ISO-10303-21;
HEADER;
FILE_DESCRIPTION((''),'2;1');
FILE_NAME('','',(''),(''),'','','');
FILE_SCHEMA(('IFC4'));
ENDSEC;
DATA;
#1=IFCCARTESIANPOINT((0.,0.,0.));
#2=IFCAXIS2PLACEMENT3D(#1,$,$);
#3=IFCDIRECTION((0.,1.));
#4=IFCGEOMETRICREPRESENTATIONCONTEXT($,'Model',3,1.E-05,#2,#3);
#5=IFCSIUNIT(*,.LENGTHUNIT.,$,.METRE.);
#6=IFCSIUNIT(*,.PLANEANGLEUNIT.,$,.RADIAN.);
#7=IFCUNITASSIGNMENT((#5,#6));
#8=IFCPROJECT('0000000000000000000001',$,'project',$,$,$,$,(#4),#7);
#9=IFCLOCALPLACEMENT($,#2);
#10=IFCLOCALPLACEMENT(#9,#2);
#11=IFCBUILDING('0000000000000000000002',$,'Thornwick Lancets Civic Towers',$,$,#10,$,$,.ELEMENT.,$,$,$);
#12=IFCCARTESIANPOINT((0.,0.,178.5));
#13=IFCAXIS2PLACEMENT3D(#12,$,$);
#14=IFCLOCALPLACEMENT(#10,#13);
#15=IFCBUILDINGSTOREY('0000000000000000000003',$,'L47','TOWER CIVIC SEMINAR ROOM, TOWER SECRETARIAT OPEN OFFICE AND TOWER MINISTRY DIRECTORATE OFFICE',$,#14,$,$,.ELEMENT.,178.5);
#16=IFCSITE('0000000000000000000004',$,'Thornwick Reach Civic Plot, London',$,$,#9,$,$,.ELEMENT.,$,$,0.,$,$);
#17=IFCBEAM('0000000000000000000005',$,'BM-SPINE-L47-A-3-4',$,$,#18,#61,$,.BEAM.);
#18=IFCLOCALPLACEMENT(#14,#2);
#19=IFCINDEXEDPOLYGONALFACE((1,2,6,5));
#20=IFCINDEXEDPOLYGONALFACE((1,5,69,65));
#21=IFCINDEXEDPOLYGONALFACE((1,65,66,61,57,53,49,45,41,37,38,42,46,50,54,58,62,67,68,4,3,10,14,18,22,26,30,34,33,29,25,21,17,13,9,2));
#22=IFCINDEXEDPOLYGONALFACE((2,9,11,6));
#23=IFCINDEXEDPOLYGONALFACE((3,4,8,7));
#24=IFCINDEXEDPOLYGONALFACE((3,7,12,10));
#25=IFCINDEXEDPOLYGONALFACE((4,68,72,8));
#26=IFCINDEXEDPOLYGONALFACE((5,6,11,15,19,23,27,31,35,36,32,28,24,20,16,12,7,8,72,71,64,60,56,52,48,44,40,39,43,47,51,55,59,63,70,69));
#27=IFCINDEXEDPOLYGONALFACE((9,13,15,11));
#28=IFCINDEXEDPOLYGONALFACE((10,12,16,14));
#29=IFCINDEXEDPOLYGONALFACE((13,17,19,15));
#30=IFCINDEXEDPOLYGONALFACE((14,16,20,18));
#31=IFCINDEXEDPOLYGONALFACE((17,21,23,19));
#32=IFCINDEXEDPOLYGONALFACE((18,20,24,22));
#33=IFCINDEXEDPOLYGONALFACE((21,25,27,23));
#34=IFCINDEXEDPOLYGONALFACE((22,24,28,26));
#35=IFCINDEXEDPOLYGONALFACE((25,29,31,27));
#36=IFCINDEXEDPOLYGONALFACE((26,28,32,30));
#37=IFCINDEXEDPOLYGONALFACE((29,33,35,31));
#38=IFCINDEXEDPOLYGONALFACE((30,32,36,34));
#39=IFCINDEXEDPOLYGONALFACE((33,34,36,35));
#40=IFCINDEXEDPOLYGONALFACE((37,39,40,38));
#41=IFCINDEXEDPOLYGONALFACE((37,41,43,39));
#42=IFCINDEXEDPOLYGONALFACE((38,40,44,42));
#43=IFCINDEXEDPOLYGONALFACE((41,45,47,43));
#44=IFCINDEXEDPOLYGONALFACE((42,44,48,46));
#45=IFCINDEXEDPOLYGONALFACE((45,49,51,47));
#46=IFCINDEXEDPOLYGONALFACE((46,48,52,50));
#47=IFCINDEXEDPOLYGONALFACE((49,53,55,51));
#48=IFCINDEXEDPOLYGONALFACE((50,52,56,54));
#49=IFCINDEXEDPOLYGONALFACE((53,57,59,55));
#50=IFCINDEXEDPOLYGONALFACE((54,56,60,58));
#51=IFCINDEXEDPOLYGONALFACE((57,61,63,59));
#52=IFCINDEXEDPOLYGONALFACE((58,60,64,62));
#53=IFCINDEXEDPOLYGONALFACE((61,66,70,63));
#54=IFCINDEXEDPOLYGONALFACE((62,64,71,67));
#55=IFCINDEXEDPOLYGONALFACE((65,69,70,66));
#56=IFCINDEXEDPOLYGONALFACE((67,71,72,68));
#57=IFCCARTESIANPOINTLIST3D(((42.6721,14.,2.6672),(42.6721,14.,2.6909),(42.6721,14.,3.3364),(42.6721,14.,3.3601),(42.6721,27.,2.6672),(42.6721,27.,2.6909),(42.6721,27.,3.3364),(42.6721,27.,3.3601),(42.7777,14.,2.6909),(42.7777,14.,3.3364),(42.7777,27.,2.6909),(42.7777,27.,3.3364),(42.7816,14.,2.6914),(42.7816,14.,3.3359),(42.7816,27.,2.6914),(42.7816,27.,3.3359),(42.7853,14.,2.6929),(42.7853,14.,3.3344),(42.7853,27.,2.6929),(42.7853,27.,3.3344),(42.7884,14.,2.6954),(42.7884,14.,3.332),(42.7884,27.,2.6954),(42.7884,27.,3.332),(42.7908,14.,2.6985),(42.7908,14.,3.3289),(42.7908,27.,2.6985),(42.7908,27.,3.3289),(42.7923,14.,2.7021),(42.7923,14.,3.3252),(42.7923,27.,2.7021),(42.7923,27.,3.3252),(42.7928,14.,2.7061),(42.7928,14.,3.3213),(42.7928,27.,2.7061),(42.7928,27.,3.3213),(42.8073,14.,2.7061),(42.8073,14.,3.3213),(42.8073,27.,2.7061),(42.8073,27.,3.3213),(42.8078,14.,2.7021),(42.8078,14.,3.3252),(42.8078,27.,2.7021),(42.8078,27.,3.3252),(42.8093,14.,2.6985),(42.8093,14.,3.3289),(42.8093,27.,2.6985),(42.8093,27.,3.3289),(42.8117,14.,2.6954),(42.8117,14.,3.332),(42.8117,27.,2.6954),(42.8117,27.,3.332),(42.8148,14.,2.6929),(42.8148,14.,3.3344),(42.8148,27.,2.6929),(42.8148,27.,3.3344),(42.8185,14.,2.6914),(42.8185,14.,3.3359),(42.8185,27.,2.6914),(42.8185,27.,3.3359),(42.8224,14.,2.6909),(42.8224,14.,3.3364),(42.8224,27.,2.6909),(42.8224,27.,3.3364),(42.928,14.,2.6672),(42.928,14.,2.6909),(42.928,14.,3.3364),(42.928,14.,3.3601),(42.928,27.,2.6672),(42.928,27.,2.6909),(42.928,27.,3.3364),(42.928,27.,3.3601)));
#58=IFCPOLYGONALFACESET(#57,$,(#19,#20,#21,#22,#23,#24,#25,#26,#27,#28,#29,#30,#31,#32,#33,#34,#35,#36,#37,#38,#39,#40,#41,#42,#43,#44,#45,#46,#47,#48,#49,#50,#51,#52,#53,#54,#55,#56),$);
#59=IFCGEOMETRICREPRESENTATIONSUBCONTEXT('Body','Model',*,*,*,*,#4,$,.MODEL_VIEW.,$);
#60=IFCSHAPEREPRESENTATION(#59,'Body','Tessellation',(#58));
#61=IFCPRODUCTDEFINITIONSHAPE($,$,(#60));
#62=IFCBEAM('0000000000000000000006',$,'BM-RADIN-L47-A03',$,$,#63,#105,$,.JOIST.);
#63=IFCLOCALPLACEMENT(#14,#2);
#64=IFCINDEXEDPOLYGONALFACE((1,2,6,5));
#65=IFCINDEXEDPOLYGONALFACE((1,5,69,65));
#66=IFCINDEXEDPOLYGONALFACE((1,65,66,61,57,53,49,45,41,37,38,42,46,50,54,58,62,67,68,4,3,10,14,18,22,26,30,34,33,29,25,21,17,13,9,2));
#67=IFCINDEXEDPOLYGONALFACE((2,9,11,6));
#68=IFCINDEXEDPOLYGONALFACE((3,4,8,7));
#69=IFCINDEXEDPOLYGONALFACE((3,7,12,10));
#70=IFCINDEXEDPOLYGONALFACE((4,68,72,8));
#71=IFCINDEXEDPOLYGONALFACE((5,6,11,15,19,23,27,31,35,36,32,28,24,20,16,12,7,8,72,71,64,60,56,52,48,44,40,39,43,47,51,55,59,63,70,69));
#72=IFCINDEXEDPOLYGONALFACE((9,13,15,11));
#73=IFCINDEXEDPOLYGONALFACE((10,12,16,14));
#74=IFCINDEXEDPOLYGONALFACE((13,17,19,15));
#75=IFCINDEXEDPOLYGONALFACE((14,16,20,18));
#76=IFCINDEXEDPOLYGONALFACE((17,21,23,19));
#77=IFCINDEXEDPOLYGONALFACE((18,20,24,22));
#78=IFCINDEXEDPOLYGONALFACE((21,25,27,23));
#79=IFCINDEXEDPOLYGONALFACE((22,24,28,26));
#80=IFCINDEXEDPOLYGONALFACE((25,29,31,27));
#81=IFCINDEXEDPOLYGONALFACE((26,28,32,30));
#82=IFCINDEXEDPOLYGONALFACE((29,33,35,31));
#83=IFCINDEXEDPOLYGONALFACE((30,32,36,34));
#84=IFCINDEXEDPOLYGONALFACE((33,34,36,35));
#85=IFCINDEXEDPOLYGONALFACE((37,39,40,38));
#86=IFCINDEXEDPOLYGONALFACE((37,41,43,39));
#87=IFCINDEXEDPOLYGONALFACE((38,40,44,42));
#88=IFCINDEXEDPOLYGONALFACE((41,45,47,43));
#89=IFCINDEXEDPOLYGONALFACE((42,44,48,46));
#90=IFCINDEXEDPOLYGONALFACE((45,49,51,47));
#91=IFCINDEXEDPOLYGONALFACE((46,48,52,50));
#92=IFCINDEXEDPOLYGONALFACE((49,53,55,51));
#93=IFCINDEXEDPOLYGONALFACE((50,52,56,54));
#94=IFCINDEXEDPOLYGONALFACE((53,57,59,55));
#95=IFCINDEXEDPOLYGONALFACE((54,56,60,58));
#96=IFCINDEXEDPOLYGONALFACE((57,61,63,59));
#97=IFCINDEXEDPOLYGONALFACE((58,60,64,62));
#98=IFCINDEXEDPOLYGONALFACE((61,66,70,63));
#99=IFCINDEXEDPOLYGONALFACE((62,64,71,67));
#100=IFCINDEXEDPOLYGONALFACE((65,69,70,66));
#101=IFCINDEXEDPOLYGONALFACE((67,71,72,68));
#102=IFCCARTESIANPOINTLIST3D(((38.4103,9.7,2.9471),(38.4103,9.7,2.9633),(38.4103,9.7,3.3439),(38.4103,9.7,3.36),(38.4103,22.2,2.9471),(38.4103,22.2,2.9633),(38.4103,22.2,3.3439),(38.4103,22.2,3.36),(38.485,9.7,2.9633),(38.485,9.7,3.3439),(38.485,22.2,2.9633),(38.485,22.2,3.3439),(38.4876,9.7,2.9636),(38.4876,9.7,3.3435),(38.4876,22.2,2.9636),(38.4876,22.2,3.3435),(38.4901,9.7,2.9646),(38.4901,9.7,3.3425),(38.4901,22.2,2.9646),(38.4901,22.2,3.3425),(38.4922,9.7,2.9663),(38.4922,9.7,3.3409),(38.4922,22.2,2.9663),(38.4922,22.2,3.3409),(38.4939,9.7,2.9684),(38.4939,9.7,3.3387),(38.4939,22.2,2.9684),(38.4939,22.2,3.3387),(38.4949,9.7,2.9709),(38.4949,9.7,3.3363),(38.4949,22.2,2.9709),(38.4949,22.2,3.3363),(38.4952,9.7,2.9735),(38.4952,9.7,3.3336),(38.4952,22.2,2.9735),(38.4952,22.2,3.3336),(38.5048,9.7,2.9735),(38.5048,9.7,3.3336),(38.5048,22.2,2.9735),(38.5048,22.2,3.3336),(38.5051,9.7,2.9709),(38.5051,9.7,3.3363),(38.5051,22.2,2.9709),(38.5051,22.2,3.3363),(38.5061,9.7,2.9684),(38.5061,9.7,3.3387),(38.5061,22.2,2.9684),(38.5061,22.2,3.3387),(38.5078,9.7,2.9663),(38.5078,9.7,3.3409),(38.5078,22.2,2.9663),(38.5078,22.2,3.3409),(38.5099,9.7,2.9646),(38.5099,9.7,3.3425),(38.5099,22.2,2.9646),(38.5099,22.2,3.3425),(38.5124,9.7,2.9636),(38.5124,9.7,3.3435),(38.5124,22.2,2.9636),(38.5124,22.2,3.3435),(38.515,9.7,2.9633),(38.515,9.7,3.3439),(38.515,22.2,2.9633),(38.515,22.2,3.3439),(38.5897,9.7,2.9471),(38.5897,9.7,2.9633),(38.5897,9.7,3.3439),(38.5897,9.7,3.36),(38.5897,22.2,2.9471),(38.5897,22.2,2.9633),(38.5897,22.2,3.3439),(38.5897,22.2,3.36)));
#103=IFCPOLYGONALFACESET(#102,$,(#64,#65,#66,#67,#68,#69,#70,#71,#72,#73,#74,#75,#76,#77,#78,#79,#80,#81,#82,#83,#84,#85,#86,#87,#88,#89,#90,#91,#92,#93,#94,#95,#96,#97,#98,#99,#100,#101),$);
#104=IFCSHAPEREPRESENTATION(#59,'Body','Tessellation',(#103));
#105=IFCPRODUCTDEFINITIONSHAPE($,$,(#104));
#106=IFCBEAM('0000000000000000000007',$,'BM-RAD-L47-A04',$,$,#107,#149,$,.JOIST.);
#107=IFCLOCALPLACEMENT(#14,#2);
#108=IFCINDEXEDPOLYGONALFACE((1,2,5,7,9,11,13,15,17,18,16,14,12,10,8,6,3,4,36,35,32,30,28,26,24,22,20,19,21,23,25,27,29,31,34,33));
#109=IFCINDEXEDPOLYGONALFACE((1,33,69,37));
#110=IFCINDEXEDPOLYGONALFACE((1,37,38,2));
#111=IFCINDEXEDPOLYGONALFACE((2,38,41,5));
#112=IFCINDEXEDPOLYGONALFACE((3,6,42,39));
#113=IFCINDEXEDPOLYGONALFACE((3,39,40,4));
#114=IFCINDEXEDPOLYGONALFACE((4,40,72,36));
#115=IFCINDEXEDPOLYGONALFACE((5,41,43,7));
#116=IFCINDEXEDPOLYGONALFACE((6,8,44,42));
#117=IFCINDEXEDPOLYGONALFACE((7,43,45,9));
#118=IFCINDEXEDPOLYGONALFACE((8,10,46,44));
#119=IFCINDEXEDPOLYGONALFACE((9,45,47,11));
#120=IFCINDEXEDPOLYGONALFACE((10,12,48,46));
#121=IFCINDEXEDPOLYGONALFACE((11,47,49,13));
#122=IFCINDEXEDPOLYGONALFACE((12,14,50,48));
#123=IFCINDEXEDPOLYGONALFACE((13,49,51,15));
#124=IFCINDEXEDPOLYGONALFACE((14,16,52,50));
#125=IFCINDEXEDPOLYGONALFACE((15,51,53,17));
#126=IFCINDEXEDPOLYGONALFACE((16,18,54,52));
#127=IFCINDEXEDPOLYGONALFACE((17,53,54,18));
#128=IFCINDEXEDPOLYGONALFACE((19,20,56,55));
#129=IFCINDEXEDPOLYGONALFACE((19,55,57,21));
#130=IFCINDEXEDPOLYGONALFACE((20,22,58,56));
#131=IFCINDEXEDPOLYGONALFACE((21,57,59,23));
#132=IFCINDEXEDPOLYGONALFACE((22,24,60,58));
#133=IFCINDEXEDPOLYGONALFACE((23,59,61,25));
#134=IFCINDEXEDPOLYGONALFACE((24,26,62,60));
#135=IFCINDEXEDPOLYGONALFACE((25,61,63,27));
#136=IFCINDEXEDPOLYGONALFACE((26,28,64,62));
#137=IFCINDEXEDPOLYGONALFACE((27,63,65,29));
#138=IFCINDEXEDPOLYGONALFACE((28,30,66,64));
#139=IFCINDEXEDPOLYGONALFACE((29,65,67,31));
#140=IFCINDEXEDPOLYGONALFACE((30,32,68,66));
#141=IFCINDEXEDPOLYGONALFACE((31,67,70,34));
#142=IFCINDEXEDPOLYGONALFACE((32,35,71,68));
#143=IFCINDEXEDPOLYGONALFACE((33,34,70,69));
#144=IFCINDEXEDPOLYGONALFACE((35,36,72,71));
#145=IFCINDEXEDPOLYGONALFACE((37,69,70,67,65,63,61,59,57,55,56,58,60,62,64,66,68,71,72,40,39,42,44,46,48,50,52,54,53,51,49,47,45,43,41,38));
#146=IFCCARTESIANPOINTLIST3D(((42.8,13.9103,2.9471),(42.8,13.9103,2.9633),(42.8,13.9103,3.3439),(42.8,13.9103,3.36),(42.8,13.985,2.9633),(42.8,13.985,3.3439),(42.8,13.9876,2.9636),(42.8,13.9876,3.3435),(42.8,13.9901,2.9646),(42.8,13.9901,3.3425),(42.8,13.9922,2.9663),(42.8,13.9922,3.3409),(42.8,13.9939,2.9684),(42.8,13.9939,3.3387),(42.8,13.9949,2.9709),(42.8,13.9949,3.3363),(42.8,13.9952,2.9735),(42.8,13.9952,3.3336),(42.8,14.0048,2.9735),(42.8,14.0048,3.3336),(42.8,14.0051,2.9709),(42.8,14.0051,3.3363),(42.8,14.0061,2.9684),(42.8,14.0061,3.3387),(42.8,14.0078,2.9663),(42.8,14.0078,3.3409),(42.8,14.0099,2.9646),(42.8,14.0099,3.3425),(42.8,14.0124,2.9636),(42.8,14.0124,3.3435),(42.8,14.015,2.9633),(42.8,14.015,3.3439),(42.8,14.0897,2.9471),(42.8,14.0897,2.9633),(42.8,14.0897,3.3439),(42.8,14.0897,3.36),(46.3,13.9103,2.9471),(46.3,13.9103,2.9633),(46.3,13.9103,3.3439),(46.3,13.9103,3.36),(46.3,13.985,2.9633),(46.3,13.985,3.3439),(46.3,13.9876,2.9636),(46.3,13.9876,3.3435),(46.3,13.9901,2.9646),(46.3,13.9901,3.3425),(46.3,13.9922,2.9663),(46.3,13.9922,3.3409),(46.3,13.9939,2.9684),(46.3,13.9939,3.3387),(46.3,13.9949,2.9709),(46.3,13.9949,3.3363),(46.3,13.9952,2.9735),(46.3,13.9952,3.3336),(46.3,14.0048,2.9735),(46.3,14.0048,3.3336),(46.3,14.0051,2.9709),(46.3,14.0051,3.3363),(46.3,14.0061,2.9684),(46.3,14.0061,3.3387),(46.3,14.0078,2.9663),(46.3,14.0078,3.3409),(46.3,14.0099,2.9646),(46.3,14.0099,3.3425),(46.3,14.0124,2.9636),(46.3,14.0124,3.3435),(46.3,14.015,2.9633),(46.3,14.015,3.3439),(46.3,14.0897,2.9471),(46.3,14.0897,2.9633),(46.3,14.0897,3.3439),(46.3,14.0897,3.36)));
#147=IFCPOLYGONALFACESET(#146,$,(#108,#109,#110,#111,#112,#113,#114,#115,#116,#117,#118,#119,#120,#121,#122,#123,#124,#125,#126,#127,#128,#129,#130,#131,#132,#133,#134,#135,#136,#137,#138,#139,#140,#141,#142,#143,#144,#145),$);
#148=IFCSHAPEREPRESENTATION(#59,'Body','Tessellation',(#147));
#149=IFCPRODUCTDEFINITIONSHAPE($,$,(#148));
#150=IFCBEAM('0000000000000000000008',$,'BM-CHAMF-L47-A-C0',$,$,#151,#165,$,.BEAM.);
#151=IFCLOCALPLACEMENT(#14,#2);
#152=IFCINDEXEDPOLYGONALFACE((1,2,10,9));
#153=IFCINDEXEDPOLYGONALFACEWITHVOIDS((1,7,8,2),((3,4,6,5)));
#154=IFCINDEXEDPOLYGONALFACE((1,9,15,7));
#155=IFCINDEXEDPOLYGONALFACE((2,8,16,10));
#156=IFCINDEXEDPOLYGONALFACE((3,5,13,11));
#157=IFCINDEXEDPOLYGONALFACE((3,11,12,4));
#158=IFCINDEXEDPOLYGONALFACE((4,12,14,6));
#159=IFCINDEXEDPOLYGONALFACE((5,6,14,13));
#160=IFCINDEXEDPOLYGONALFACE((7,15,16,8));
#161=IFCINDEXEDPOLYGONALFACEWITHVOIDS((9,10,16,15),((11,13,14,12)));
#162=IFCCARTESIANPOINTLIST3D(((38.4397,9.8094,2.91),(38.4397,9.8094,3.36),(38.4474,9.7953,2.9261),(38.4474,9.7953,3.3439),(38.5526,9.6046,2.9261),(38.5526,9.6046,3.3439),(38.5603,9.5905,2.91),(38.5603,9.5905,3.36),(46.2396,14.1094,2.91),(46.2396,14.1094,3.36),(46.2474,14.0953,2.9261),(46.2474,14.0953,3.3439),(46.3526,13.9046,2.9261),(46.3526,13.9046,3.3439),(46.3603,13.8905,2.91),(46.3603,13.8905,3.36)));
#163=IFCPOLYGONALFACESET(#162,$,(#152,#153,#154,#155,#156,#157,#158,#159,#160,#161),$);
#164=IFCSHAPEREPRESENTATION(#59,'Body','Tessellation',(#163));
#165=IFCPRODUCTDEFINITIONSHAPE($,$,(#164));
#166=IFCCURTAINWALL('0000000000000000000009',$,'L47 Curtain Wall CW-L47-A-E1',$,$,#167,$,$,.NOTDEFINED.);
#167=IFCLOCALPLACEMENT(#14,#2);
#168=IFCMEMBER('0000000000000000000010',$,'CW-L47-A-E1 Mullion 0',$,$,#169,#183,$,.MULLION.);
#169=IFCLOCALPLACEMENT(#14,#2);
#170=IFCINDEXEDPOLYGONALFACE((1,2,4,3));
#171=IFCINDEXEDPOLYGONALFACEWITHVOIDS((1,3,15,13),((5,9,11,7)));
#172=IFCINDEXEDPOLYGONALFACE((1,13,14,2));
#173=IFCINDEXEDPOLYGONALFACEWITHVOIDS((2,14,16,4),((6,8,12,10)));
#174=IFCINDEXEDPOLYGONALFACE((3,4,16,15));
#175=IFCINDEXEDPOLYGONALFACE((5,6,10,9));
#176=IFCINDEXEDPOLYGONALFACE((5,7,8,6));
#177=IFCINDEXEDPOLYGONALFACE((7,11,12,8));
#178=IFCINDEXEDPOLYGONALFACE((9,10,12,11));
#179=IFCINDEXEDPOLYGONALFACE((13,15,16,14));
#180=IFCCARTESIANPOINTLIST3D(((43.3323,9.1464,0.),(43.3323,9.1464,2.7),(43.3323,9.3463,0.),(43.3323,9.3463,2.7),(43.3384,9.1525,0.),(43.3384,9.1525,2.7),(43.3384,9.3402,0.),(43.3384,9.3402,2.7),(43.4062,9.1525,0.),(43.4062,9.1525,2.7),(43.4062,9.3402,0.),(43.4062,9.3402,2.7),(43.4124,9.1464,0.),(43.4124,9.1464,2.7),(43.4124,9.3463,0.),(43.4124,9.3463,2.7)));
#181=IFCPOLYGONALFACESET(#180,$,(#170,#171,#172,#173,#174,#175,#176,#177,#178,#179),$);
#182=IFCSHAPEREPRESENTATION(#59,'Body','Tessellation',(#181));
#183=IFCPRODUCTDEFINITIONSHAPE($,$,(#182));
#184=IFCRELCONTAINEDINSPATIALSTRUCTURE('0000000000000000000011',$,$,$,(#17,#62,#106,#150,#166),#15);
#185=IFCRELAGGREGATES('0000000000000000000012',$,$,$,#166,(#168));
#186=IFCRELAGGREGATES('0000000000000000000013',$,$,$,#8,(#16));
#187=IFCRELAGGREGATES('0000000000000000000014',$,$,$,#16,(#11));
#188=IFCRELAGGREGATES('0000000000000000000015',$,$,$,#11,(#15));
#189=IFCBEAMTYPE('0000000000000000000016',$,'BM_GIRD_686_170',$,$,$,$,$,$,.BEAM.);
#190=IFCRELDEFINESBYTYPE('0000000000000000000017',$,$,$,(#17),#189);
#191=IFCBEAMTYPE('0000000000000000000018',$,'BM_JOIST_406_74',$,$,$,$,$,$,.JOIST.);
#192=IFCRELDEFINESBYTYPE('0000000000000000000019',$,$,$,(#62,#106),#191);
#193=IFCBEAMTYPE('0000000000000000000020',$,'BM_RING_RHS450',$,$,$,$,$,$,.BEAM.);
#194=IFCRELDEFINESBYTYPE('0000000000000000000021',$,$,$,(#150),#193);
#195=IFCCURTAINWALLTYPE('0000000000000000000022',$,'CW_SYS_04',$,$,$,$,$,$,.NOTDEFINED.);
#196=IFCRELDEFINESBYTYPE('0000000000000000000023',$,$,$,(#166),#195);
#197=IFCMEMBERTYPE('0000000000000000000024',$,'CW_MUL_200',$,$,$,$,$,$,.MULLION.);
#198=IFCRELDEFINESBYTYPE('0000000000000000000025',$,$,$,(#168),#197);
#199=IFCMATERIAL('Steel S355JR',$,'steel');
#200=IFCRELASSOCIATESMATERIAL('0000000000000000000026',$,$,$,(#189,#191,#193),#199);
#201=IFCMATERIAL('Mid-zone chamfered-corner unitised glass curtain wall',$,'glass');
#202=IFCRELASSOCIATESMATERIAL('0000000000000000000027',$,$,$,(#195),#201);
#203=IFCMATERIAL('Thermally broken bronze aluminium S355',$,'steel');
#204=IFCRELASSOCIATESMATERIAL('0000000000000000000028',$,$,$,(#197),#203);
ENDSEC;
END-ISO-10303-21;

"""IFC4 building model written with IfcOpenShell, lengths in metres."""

from ifc_helpers import new_model, si_unit, direction, frame, origin, origin_2d, place, context, subcontext, project, spatial, hollow_rectangle, i_section, extrude, material, material_profile, profile_set, type_object, element, aggregate, save


model = new_model("IFC4")

# Units and contexts
model_context = context("Model", 3, precision=1e-05, world=origin(), true_north=direction((0.0, 1.0)))
body_context = subcontext(model_context, "Body", "Model", "MODEL_VIEW")
ifc_project = project(units=[si_unit("LENGTHUNIT", "METRE"), si_unit("PLANEANGLEUNIT", "RADIAN")], contexts=[model_context])

# Site, building, storey
site_placement = place(None, origin())
site = spatial("IfcSite", under=ifc_project, at=site_placement, Name="Thornwick Reach Civic Plot, London", CompositionType="ELEMENT", RefElevation=0.0)
building_placement = place(site_placement, origin())
building = spatial("IfcBuilding", under=site, at=building_placement, Name="Thornwick Lancets Civic Towers", CompositionType="ELEMENT")
storey_placement = place(building_placement, frame((0.0, 0.0, 178.5)))
storey = spatial("IfcBuildingStorey", under=building, at=storey_placement, Name="L47", Description="TOWER CIVIC SEMINAR ROOM, TOWER SECRETARIAT OPEN OFFICE AND TOWER MINISTRY DIRECTORATE OFFICE", CompositionType="ELEMENT", Elevation=178.5)

# Beams
ifc_material_1 = material(Name="Steel S355JR", Category="steel")
ifc_material_profile_1 = material_profile(ifc_material_1, i_section(OverallWidth=0.2559, OverallDepth=0.6929, WebThickness=0.0144, FlangeThickness=0.0237, FilletRadius=0.0151, at=origin_2d()), Name="UKB 686x254x170")
ifc_profile_set_1 = profile_set([ifc_material_profile_1], Name="Steel S355JR")
beam_type_1 = type_object("IfcBeamType", Name="BM_GIRD_686_170", PredefinedType="BEAM", material=ifc_profile_set_1)
beam_1_placement = place(storey_placement, frame((42.8, 14.0, 3.0137), z_axis=(0.0, 1.0, 0.0), x_axis=(-1.0, 0.0, 0.0)))
element("IfcBeam", 1, at=beam_1_placement, inside=storey, type_object=beam_type_1, Name="BM-SPINE-L47-A-3-4", PredefinedType="BEAM", context=body_context, shape_type="SweptSolid", body=[
    extrude(i_section(OverallWidth=0.2559, OverallDepth=0.6929, WebThickness=0.0144, FlangeThickness=0.0237, FilletRadius=0.0151, at=origin_2d()), origin(), (0.0, 0.0, 1.0), 13.0),
])
ifc_material_profile_2 = material_profile(ifc_material_1, i_section(OverallWidth=0.1794, OverallDepth=0.4128, WebThickness=0.0095, FlangeThickness=0.0161, FilletRadius=0.0103, at=origin_2d()), Name="UKB 406x178x74")
ifc_profile_set_2 = profile_set([ifc_material_profile_2], Name="Steel S355JR")
beam_type_2 = type_object("IfcBeamType", Name="BM_JOIST_406_74", PredefinedType="JOIST", material=ifc_profile_set_2)
beam_2_placement = place(storey_placement, frame((38.5, 22.2, 3.1536), z_axis=(0.0, -1.0, 0.0), x_axis=(1.0, 0.0, 0.0)))
element("IfcBeam", 2, at=beam_2_placement, inside=storey, type_object=beam_type_2, Name="BM-RADIN-L47-A03", PredefinedType="JOIST", context=body_context, shape_type="SweptSolid", body=[
    extrude(i_section(OverallWidth=0.1794, OverallDepth=0.4128, WebThickness=0.0095, FlangeThickness=0.0161, FilletRadius=0.0103, at=origin_2d()), origin(), (0.0, 0.0, 1.0), 12.5),
])
beam_3_placement = place(storey_placement, frame((42.8, 14.0, 3.1536), z_axis=(1.0, 0.0, 0.0), x_axis=(0.0, 1.0, 0.0)))
element("IfcBeam", 3, at=beam_3_placement, inside=storey, type_object=beam_type_2, Name="BM-RAD-L47-A04", PredefinedType="JOIST", context=body_context, shape_type="SweptSolid", body=[
    extrude(i_section(OverallWidth=0.1794, OverallDepth=0.4128, WebThickness=0.0095, FlangeThickness=0.0161, FilletRadius=0.0103, at=origin_2d()), origin(), (0.0, 0.0, 1.0), 3.5),
])
ifc_material_profile_3 = material_profile(ifc_material_1, hollow_rectangle(XDim=0.25, YDim=0.45, WallThickness=0.0161, at=origin_2d()), Name="RHS 450x250x16")
ifc_profile_set_3 = profile_set([ifc_material_profile_3], Name="Steel S355JR")
beam_type_3 = type_object("IfcBeamType", Name="BM_RING_RHS450", PredefinedType="BEAM", material=ifc_profile_set_3)
beam_4_placement = place(storey_placement, frame((38.5, 9.7, 3.135), z_axis=(0.87574, 0.482782, 0.0), x_axis=(-0.482782, 0.87574, 0.0)))
element("IfcBeam", 4, at=beam_4_placement, inside=storey, type_object=beam_type_3, Name="BM-CHAMF-L47-A-C0", PredefinedType="BEAM", context=body_context, shape_type="SweptSolid", body=[
    extrude(hollow_rectangle(XDim=0.25, YDim=0.45, WallThickness=0.0161, at=origin_2d()), origin(), (0.0, 0.0, 1.0), 8.9067),
])

# Curtain wall, member
ifc_material_2 = material(Name="Mid-zone chamfered-corner unitised glass curtain wall", Category="glass")
curtain_wall_type = type_object("IfcCurtainWallType", Name="CW_SYS_04", PredefinedType="NOTDEFINED", material=ifc_material_2)
curtain_wall_placement = place(storey_placement, origin())
curtain_wall = element("IfcCurtainWall", 5, at=curtain_wall_placement, inside=storey, type_object=curtain_wall_type, Name="L47 Curtain Wall CW-L47-A-E1", PredefinedType="NOTDEFINED")
ifc_material_3 = material(Name="Thermally broken bronze aluminium S355", Category="steel")
ifc_material_profile_4 = material_profile(ifc_material_3, hollow_rectangle(XDim=0.0801, YDim=0.2, WallThickness=0.0061, at=origin_2d()), Name="RHS 200x80x6")
ifc_profile_set_4 = profile_set([ifc_material_profile_4], Name="Thermally broken bronze aluminium S355")
member_type_1 = type_object("IfcMemberType", Name="CW_MUL_200", PredefinedType="MULLION", material=ifc_profile_set_4)
member_1_placement = place(storey_placement, frame((43.3723, 9.2463, 0.0), z_axis=(0.0, 0.0, 1.0), x_axis=(1.0, 0.0, 0.0)))
member_1 = element("IfcMember", 6, at=member_1_placement, type_object=member_type_1, Name="CW-L47-A-E1 Mullion 0", PredefinedType="MULLION", context=body_context, shape_type="SweptSolid", body=[
    extrude(hollow_rectangle(XDim=0.0801, YDim=0.2, WallThickness=0.0061, at=origin_2d()), origin(), (0.0, 0.0, 1.0), 2.7),
])
aggregate(curtain_wall, [member_1])

save(model, "model.ifc")
